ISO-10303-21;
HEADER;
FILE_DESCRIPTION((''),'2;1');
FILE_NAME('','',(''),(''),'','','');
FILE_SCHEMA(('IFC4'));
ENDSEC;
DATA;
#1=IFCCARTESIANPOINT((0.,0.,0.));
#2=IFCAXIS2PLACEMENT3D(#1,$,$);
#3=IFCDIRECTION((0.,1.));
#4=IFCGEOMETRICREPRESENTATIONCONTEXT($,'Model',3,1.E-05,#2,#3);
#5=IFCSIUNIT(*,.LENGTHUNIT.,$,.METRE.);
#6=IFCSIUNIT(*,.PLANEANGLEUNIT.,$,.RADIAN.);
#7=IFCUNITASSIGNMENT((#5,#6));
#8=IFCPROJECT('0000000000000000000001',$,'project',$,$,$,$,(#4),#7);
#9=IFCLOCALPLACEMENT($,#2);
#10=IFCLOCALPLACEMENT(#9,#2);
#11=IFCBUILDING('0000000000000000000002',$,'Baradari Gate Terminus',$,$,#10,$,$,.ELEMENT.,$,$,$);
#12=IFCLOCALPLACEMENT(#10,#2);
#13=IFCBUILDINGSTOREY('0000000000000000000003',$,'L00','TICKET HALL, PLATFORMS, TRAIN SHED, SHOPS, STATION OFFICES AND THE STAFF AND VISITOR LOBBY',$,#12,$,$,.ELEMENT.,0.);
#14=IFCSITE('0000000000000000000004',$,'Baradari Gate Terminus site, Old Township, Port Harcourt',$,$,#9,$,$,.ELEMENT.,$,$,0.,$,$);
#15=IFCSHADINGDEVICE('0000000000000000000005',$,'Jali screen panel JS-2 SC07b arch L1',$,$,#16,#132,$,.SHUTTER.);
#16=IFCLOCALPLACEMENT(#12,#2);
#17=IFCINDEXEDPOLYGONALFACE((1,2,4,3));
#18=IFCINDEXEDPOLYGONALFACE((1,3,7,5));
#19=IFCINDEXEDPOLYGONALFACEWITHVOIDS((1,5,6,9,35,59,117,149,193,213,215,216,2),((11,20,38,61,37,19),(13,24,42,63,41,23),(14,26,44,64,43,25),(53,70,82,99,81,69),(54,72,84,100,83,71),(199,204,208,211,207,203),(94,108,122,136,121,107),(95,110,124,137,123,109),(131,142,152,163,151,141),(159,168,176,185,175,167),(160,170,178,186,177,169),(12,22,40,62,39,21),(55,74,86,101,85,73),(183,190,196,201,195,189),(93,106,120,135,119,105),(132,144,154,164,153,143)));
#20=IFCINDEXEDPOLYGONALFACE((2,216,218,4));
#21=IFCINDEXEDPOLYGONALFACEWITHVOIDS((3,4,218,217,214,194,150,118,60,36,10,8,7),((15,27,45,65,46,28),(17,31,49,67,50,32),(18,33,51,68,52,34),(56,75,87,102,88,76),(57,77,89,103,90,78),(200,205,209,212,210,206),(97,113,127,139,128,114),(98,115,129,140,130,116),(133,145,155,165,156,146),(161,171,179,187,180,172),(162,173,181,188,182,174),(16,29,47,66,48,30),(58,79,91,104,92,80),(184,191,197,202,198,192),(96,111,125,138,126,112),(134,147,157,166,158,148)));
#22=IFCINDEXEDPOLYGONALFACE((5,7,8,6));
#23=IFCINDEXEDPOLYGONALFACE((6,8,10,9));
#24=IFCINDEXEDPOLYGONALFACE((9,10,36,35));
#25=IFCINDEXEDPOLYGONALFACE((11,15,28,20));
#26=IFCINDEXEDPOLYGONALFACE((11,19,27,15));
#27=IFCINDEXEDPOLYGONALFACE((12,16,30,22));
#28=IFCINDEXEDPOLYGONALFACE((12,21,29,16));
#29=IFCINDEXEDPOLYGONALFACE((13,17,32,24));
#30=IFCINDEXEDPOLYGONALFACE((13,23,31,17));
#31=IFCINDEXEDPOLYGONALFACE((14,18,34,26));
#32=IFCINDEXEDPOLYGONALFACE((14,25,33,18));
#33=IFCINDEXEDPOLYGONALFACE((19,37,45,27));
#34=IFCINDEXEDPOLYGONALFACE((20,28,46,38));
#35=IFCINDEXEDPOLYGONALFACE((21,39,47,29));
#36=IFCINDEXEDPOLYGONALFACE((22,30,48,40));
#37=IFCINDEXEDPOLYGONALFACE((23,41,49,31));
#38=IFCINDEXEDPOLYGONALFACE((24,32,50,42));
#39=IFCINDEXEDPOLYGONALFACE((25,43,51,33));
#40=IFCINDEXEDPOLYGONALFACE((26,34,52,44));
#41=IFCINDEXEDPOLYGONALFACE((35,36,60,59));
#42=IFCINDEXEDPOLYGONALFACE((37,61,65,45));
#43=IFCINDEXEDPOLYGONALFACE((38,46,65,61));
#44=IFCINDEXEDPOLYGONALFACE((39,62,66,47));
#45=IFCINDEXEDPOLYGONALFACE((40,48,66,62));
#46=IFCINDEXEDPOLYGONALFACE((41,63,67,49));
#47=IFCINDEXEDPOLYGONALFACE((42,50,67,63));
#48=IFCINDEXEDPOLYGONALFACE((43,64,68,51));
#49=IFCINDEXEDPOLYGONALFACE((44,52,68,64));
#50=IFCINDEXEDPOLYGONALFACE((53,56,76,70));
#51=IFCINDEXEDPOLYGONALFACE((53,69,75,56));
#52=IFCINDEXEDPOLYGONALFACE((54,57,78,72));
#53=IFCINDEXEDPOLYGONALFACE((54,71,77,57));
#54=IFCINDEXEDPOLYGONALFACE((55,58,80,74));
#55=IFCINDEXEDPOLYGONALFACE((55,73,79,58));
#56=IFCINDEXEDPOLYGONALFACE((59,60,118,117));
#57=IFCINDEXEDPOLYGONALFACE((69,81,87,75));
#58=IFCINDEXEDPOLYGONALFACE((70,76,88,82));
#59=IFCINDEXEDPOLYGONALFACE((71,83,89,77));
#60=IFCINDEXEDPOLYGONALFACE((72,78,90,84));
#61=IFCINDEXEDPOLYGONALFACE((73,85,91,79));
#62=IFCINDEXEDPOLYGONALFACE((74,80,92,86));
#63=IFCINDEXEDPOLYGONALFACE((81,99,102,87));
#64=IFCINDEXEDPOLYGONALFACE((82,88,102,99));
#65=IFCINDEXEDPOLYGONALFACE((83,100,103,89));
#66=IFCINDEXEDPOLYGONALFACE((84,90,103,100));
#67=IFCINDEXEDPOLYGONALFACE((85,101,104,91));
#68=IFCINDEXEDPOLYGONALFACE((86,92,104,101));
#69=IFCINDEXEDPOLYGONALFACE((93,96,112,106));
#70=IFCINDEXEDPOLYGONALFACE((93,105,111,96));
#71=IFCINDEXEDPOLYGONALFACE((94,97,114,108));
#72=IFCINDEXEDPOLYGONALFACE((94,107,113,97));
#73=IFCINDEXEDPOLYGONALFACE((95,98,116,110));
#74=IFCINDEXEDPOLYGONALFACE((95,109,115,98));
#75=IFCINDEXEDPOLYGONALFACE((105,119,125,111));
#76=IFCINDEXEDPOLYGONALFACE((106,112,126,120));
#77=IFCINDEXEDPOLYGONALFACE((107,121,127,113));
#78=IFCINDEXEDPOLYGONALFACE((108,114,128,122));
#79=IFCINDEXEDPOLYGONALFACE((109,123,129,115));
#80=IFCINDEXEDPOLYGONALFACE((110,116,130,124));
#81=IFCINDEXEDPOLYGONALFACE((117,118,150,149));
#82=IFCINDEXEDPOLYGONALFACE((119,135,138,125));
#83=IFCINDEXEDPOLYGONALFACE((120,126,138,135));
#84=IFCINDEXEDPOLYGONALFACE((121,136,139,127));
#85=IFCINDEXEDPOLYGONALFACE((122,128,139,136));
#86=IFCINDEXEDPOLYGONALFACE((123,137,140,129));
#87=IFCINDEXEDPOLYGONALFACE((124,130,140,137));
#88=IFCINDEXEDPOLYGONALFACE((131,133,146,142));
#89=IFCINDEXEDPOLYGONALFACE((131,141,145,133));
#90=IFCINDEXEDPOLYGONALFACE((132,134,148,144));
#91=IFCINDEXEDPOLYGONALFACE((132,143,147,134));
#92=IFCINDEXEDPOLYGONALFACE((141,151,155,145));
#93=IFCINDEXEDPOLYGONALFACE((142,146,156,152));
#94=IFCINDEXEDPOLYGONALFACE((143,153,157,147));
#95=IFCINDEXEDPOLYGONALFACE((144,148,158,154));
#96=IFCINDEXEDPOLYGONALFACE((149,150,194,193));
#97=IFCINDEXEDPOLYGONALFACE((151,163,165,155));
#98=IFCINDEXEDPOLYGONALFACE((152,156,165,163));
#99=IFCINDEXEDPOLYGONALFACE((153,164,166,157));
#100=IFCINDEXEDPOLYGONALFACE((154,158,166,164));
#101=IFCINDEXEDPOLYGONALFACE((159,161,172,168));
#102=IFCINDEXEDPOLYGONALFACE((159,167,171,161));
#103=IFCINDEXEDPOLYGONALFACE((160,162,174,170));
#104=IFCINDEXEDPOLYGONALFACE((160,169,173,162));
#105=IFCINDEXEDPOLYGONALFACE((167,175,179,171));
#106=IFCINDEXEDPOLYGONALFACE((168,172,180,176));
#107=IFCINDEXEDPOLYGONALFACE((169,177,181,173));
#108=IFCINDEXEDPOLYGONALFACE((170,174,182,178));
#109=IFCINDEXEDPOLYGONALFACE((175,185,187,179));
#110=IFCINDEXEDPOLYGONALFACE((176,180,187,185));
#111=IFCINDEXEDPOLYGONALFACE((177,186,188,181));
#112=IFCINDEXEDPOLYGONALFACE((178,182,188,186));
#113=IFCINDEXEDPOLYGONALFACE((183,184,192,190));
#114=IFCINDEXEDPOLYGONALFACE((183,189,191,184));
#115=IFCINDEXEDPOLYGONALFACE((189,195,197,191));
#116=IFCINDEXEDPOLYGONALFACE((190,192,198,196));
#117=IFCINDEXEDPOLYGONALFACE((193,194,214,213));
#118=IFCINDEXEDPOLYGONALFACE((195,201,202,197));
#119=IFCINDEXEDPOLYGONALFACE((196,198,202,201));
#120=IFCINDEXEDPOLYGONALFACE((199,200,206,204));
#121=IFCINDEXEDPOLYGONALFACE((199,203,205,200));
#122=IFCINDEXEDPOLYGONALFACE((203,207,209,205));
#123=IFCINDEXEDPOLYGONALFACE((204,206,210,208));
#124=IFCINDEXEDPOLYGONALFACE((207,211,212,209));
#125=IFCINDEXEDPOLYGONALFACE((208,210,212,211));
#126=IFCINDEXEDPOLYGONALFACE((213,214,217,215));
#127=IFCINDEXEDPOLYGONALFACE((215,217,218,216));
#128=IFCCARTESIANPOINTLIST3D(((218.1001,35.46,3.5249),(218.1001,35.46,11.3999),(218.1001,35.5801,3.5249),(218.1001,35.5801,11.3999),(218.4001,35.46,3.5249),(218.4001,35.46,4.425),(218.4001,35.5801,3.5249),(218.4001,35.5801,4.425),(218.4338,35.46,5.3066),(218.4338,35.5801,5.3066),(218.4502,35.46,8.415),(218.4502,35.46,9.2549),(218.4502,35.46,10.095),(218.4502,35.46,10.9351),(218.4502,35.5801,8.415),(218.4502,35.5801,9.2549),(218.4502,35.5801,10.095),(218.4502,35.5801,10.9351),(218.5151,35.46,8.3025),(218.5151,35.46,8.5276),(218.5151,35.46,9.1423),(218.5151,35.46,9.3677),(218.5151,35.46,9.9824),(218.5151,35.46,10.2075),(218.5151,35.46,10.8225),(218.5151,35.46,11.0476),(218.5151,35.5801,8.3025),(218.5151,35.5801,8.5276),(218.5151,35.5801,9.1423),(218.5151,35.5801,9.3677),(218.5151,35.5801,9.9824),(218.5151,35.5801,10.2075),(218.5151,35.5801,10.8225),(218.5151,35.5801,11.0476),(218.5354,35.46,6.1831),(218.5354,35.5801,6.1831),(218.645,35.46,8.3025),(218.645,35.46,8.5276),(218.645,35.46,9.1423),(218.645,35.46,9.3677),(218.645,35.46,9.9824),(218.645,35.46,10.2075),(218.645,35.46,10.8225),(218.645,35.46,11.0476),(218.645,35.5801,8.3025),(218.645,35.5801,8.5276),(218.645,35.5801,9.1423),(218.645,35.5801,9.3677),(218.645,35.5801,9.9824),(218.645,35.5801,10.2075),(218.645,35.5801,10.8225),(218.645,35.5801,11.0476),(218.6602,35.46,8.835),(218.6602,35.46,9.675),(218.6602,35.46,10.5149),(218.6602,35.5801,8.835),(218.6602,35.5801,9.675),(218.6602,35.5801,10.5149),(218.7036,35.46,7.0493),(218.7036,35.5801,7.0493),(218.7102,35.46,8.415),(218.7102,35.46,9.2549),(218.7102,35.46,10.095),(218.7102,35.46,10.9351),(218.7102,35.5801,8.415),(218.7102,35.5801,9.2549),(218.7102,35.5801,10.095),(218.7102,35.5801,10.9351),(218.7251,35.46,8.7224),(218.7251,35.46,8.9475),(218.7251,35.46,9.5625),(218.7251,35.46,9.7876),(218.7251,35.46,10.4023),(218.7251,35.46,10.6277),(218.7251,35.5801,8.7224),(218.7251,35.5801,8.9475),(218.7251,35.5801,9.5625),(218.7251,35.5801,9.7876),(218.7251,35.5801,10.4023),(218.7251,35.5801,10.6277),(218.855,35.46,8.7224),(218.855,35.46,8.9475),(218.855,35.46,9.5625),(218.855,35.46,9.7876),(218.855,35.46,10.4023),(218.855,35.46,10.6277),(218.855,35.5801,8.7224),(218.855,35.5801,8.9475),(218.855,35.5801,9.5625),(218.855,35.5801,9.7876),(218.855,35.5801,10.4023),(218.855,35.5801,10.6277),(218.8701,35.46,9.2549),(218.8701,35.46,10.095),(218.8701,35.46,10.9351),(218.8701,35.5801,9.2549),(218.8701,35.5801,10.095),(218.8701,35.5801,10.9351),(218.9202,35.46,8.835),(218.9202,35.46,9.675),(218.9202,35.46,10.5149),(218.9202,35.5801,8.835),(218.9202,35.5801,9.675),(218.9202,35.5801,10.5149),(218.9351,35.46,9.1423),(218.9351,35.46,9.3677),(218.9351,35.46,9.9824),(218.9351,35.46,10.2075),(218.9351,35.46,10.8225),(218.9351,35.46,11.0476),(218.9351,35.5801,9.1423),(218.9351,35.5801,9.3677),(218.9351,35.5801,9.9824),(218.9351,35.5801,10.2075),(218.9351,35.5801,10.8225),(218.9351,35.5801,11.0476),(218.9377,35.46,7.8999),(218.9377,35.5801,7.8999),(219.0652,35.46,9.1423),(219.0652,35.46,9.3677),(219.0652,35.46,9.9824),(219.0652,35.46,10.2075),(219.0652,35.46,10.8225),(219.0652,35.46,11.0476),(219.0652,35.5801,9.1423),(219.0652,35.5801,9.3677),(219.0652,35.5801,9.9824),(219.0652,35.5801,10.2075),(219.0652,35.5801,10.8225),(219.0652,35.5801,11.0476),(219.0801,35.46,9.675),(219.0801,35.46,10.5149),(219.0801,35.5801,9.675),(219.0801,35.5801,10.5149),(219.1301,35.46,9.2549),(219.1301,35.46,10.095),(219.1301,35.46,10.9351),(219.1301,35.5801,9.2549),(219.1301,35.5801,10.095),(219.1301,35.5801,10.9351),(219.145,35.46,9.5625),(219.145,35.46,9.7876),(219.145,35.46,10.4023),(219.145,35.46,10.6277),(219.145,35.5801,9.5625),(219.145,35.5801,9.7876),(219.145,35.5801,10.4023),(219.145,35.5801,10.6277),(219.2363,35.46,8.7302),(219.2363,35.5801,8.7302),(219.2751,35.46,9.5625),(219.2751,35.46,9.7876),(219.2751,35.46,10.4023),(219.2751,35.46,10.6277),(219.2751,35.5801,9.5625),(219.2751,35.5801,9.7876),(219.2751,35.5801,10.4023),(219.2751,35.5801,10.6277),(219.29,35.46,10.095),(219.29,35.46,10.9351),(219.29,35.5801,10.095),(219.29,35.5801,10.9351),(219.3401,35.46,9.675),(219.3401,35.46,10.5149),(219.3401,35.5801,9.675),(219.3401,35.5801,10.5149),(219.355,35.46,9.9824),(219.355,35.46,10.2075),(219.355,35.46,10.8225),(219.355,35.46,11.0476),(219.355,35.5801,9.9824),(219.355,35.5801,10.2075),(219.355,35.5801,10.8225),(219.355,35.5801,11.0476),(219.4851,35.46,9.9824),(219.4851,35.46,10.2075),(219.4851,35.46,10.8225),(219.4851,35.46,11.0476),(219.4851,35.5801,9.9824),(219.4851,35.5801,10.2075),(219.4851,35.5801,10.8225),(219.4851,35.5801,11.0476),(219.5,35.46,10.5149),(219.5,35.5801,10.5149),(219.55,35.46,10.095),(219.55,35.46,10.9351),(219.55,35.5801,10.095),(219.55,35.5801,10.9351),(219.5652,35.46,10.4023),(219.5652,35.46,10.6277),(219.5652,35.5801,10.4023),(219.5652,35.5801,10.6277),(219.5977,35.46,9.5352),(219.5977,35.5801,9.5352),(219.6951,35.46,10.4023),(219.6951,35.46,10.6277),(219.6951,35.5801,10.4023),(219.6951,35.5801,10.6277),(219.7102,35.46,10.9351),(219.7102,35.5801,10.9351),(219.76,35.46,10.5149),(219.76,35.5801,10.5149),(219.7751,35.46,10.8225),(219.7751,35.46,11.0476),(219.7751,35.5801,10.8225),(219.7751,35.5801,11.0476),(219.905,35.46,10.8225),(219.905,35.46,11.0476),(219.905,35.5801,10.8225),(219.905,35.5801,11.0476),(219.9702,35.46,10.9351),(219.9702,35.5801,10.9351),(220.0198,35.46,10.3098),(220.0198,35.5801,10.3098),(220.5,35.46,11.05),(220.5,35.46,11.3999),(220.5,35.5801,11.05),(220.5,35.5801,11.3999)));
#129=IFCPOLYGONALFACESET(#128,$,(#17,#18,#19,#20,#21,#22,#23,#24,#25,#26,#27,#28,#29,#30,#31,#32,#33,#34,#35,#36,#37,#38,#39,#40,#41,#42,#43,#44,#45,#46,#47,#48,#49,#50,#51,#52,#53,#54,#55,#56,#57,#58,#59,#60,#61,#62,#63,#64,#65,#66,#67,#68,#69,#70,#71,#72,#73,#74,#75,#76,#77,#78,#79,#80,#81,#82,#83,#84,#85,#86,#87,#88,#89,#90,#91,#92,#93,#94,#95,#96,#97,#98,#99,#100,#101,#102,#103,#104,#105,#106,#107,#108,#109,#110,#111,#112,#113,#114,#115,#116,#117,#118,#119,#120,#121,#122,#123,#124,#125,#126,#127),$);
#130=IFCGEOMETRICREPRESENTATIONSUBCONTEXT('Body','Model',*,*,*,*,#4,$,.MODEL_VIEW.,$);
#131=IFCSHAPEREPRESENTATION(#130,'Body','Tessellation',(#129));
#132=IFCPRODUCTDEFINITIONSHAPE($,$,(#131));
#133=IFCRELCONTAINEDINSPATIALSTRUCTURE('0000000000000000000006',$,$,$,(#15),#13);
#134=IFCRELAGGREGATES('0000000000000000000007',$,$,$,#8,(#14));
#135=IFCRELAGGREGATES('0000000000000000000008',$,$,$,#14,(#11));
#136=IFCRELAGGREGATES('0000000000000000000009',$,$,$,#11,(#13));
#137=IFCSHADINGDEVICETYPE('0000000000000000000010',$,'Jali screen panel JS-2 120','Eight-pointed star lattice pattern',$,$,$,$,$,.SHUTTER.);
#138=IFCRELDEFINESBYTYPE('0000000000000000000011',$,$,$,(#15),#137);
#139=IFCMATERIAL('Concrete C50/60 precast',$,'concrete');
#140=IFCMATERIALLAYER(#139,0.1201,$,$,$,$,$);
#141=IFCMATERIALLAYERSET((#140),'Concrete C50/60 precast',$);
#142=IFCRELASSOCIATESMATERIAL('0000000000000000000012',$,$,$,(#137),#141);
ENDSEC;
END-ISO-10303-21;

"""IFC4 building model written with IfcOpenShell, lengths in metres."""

from ifc_helpers import new_model, si_unit, direction, frame, origin, place, context, subcontext, project, spatial, polyline, outline, extrude, material, layer, layer_set, type_object, element, save


model = new_model("IFC4")

# Units and contexts
model_context = context("Model", 3, precision=1e-05, world=origin(), true_north=direction((0.0, 1.0)))
body_context = subcontext(model_context, "Body", "Model", "MODEL_VIEW")
ifc_project = project(units=[si_unit("LENGTHUNIT", "METRE"), si_unit("PLANEANGLEUNIT", "RADIAN")], contexts=[model_context])

# Site, building, storey
site_placement = place(None, origin())
site = spatial("IfcSite", under=ifc_project, at=site_placement, Name="Baradari Gate Terminus site, Old Township, Port Harcourt", CompositionType="ELEMENT", RefElevation=0.0)
building_placement = place(site_placement, origin())
building = spatial("IfcBuilding", under=site, at=building_placement, Name="Baradari Gate Terminus", CompositionType="ELEMENT")
storey_placement = place(building_placement, origin())
storey = spatial("IfcBuildingStorey", under=building, at=storey_placement, Name="L00", Description="TICKET HALL, PLATFORMS, TRAIN SHED, SHOPS, STATION OFFICES AND THE STAFF AND VISITOR LOBBY", CompositionType="ELEMENT", Elevation=0.0)

# Shading device
ifc_material_1 = material(Name="Concrete C50/60 precast", Category="concrete")
ifc_layer_1 = layer(ifc_material_1, 0.1201)
ifc_layer_set_1 = layer_set([ifc_layer_1], Name="Concrete C50/60 precast")
shading_device_type = type_object("IfcShadingDeviceType", Name="Jali screen panel JS-2 120", Description="Eight-pointed star lattice pattern", PredefinedType="SHUTTER", material=ifc_layer_set_1)
shading_device_1_placement = place(storey_placement, frame((218.1001, 35.52, 3.5249), z_axis=(0.0, 0.0, 1.0), x_axis=(1.0, 0.0, 0.0)))
element("IfcShadingDevice", 1, at=shading_device_1_placement, inside=storey, type_object=shading_device_type, Name="Jali screen panel JS-2 SC07b arch L1", PredefinedType="SHUTTER", context=body_context, shape_type="SweptSolid", body=[
    extrude(outline(polyline([(0.0, 0.0), (0.3, 0.0), (0.3, 0.9001), (0.3337, 1.7817), (0.4353, 2.6582), (0.6035, 3.5244), (0.8376, 4.375), (1.1362, 5.2053), (1.4976, 6.0103), (1.9197, 6.7849), (2.3999, 7.5251), (2.3999, 7.875), (0.0, 7.875), (0.0, 0.0)]), holes=[polyline([(0.6101, 4.8901), (0.5449, 4.7776), (0.415, 4.7776), (0.3501, 4.8901), (0.415, 5.0027), (0.5449, 5.0027), (0.6101, 4.8901)]), polyline([(0.8201, 5.3101), (0.7549, 5.1975), (0.625, 5.1975), (0.5601, 5.3101), (0.625, 5.4226), (0.7549, 5.4226), (0.8201, 5.3101)]), polyline([(0.6101, 5.73), (0.5449, 5.6174), (0.415, 5.6174), (0.3501, 5.73), (0.415, 5.8428), (0.5449, 5.8428), (0.6101, 5.73)]), polyline([(1.03, 5.73), (0.9651, 5.6174), (0.835, 5.6174), (0.77, 5.73), (0.835, 5.8428), (0.9651, 5.8428), (1.03, 5.73)]), polyline([(0.8201, 6.1501), (0.7549, 6.0376), (0.625, 6.0376), (0.5601, 6.1501), (0.625, 6.2627), (0.7549, 6.2627), (0.8201, 6.1501)]), polyline([(1.24, 6.1501), (1.175, 6.0376), (1.0449, 6.0376), (0.98, 6.1501), (1.0449, 6.2627), (1.175, 6.2627), (1.24, 6.1501)]), polyline([(0.6101, 6.5701), (0.5449, 6.4575), (0.415, 6.4575), (0.3501, 6.5701), (0.415, 6.6826), (0.5449, 6.6826), (0.6101, 6.5701)]), polyline([(1.03, 6.5701), (0.9651, 6.4575), (0.835, 6.4575), (0.77, 6.5701), (0.835, 6.6826), (0.9651, 6.6826), (1.03, 6.5701)]), polyline([(1.45, 6.5701), (1.385, 6.4575), (1.2549, 6.4575), (1.1899, 6.5701), (1.2549, 6.6826), (1.385, 6.6826), (1.45, 6.5701)]), polyline([(0.8201, 6.99), (0.7549, 6.8774), (0.625, 6.8774), (0.5601, 6.99), (0.625, 7.1028), (0.7549, 7.1028), (0.8201, 6.99)]), polyline([(1.24, 6.99), (1.175, 6.8774), (1.0449, 6.8774), (0.98, 6.99), (1.0449, 7.1028), (1.175, 7.1028), (1.24, 6.99)]), polyline([(1.6599, 6.99), (1.595, 6.8774), (1.4651, 6.8774), (1.3999, 6.99), (1.4651, 7.1028), (1.595, 7.1028), (1.6599, 6.99)]), polyline([(0.6101, 7.4102), (0.5449, 7.2976), (0.415, 7.2976), (0.3501, 7.4102), (0.415, 7.5227), (0.5449, 7.5227), (0.6101, 7.4102)]), polyline([(1.03, 7.4102), (0.9651, 7.2976), (0.835, 7.2976), (0.77, 7.4102), (0.835, 7.5227), (0.9651, 7.5227), (1.03, 7.4102)]), polyline([(1.45, 7.4102), (1.385, 7.2976), (1.2549, 7.2976), (1.1899, 7.4102), (1.2549, 7.5227), (1.385, 7.5227), (1.45, 7.4102)]), polyline([(1.8701, 7.4102), (1.8049, 7.2976), (1.675, 7.2976), (1.6101, 7.4102), (1.675, 7.5227), (1.8049, 7.5227), (1.8701, 7.4102)])]), frame((0.0, 0.0601, 0.0), z_axis=(0.0, -1.0, 0.0), x_axis=(1.0, 0.0, 0.0)), (0.0, 0.0, 1.0), 0.1201),
])

save(model, "model.ifc")
